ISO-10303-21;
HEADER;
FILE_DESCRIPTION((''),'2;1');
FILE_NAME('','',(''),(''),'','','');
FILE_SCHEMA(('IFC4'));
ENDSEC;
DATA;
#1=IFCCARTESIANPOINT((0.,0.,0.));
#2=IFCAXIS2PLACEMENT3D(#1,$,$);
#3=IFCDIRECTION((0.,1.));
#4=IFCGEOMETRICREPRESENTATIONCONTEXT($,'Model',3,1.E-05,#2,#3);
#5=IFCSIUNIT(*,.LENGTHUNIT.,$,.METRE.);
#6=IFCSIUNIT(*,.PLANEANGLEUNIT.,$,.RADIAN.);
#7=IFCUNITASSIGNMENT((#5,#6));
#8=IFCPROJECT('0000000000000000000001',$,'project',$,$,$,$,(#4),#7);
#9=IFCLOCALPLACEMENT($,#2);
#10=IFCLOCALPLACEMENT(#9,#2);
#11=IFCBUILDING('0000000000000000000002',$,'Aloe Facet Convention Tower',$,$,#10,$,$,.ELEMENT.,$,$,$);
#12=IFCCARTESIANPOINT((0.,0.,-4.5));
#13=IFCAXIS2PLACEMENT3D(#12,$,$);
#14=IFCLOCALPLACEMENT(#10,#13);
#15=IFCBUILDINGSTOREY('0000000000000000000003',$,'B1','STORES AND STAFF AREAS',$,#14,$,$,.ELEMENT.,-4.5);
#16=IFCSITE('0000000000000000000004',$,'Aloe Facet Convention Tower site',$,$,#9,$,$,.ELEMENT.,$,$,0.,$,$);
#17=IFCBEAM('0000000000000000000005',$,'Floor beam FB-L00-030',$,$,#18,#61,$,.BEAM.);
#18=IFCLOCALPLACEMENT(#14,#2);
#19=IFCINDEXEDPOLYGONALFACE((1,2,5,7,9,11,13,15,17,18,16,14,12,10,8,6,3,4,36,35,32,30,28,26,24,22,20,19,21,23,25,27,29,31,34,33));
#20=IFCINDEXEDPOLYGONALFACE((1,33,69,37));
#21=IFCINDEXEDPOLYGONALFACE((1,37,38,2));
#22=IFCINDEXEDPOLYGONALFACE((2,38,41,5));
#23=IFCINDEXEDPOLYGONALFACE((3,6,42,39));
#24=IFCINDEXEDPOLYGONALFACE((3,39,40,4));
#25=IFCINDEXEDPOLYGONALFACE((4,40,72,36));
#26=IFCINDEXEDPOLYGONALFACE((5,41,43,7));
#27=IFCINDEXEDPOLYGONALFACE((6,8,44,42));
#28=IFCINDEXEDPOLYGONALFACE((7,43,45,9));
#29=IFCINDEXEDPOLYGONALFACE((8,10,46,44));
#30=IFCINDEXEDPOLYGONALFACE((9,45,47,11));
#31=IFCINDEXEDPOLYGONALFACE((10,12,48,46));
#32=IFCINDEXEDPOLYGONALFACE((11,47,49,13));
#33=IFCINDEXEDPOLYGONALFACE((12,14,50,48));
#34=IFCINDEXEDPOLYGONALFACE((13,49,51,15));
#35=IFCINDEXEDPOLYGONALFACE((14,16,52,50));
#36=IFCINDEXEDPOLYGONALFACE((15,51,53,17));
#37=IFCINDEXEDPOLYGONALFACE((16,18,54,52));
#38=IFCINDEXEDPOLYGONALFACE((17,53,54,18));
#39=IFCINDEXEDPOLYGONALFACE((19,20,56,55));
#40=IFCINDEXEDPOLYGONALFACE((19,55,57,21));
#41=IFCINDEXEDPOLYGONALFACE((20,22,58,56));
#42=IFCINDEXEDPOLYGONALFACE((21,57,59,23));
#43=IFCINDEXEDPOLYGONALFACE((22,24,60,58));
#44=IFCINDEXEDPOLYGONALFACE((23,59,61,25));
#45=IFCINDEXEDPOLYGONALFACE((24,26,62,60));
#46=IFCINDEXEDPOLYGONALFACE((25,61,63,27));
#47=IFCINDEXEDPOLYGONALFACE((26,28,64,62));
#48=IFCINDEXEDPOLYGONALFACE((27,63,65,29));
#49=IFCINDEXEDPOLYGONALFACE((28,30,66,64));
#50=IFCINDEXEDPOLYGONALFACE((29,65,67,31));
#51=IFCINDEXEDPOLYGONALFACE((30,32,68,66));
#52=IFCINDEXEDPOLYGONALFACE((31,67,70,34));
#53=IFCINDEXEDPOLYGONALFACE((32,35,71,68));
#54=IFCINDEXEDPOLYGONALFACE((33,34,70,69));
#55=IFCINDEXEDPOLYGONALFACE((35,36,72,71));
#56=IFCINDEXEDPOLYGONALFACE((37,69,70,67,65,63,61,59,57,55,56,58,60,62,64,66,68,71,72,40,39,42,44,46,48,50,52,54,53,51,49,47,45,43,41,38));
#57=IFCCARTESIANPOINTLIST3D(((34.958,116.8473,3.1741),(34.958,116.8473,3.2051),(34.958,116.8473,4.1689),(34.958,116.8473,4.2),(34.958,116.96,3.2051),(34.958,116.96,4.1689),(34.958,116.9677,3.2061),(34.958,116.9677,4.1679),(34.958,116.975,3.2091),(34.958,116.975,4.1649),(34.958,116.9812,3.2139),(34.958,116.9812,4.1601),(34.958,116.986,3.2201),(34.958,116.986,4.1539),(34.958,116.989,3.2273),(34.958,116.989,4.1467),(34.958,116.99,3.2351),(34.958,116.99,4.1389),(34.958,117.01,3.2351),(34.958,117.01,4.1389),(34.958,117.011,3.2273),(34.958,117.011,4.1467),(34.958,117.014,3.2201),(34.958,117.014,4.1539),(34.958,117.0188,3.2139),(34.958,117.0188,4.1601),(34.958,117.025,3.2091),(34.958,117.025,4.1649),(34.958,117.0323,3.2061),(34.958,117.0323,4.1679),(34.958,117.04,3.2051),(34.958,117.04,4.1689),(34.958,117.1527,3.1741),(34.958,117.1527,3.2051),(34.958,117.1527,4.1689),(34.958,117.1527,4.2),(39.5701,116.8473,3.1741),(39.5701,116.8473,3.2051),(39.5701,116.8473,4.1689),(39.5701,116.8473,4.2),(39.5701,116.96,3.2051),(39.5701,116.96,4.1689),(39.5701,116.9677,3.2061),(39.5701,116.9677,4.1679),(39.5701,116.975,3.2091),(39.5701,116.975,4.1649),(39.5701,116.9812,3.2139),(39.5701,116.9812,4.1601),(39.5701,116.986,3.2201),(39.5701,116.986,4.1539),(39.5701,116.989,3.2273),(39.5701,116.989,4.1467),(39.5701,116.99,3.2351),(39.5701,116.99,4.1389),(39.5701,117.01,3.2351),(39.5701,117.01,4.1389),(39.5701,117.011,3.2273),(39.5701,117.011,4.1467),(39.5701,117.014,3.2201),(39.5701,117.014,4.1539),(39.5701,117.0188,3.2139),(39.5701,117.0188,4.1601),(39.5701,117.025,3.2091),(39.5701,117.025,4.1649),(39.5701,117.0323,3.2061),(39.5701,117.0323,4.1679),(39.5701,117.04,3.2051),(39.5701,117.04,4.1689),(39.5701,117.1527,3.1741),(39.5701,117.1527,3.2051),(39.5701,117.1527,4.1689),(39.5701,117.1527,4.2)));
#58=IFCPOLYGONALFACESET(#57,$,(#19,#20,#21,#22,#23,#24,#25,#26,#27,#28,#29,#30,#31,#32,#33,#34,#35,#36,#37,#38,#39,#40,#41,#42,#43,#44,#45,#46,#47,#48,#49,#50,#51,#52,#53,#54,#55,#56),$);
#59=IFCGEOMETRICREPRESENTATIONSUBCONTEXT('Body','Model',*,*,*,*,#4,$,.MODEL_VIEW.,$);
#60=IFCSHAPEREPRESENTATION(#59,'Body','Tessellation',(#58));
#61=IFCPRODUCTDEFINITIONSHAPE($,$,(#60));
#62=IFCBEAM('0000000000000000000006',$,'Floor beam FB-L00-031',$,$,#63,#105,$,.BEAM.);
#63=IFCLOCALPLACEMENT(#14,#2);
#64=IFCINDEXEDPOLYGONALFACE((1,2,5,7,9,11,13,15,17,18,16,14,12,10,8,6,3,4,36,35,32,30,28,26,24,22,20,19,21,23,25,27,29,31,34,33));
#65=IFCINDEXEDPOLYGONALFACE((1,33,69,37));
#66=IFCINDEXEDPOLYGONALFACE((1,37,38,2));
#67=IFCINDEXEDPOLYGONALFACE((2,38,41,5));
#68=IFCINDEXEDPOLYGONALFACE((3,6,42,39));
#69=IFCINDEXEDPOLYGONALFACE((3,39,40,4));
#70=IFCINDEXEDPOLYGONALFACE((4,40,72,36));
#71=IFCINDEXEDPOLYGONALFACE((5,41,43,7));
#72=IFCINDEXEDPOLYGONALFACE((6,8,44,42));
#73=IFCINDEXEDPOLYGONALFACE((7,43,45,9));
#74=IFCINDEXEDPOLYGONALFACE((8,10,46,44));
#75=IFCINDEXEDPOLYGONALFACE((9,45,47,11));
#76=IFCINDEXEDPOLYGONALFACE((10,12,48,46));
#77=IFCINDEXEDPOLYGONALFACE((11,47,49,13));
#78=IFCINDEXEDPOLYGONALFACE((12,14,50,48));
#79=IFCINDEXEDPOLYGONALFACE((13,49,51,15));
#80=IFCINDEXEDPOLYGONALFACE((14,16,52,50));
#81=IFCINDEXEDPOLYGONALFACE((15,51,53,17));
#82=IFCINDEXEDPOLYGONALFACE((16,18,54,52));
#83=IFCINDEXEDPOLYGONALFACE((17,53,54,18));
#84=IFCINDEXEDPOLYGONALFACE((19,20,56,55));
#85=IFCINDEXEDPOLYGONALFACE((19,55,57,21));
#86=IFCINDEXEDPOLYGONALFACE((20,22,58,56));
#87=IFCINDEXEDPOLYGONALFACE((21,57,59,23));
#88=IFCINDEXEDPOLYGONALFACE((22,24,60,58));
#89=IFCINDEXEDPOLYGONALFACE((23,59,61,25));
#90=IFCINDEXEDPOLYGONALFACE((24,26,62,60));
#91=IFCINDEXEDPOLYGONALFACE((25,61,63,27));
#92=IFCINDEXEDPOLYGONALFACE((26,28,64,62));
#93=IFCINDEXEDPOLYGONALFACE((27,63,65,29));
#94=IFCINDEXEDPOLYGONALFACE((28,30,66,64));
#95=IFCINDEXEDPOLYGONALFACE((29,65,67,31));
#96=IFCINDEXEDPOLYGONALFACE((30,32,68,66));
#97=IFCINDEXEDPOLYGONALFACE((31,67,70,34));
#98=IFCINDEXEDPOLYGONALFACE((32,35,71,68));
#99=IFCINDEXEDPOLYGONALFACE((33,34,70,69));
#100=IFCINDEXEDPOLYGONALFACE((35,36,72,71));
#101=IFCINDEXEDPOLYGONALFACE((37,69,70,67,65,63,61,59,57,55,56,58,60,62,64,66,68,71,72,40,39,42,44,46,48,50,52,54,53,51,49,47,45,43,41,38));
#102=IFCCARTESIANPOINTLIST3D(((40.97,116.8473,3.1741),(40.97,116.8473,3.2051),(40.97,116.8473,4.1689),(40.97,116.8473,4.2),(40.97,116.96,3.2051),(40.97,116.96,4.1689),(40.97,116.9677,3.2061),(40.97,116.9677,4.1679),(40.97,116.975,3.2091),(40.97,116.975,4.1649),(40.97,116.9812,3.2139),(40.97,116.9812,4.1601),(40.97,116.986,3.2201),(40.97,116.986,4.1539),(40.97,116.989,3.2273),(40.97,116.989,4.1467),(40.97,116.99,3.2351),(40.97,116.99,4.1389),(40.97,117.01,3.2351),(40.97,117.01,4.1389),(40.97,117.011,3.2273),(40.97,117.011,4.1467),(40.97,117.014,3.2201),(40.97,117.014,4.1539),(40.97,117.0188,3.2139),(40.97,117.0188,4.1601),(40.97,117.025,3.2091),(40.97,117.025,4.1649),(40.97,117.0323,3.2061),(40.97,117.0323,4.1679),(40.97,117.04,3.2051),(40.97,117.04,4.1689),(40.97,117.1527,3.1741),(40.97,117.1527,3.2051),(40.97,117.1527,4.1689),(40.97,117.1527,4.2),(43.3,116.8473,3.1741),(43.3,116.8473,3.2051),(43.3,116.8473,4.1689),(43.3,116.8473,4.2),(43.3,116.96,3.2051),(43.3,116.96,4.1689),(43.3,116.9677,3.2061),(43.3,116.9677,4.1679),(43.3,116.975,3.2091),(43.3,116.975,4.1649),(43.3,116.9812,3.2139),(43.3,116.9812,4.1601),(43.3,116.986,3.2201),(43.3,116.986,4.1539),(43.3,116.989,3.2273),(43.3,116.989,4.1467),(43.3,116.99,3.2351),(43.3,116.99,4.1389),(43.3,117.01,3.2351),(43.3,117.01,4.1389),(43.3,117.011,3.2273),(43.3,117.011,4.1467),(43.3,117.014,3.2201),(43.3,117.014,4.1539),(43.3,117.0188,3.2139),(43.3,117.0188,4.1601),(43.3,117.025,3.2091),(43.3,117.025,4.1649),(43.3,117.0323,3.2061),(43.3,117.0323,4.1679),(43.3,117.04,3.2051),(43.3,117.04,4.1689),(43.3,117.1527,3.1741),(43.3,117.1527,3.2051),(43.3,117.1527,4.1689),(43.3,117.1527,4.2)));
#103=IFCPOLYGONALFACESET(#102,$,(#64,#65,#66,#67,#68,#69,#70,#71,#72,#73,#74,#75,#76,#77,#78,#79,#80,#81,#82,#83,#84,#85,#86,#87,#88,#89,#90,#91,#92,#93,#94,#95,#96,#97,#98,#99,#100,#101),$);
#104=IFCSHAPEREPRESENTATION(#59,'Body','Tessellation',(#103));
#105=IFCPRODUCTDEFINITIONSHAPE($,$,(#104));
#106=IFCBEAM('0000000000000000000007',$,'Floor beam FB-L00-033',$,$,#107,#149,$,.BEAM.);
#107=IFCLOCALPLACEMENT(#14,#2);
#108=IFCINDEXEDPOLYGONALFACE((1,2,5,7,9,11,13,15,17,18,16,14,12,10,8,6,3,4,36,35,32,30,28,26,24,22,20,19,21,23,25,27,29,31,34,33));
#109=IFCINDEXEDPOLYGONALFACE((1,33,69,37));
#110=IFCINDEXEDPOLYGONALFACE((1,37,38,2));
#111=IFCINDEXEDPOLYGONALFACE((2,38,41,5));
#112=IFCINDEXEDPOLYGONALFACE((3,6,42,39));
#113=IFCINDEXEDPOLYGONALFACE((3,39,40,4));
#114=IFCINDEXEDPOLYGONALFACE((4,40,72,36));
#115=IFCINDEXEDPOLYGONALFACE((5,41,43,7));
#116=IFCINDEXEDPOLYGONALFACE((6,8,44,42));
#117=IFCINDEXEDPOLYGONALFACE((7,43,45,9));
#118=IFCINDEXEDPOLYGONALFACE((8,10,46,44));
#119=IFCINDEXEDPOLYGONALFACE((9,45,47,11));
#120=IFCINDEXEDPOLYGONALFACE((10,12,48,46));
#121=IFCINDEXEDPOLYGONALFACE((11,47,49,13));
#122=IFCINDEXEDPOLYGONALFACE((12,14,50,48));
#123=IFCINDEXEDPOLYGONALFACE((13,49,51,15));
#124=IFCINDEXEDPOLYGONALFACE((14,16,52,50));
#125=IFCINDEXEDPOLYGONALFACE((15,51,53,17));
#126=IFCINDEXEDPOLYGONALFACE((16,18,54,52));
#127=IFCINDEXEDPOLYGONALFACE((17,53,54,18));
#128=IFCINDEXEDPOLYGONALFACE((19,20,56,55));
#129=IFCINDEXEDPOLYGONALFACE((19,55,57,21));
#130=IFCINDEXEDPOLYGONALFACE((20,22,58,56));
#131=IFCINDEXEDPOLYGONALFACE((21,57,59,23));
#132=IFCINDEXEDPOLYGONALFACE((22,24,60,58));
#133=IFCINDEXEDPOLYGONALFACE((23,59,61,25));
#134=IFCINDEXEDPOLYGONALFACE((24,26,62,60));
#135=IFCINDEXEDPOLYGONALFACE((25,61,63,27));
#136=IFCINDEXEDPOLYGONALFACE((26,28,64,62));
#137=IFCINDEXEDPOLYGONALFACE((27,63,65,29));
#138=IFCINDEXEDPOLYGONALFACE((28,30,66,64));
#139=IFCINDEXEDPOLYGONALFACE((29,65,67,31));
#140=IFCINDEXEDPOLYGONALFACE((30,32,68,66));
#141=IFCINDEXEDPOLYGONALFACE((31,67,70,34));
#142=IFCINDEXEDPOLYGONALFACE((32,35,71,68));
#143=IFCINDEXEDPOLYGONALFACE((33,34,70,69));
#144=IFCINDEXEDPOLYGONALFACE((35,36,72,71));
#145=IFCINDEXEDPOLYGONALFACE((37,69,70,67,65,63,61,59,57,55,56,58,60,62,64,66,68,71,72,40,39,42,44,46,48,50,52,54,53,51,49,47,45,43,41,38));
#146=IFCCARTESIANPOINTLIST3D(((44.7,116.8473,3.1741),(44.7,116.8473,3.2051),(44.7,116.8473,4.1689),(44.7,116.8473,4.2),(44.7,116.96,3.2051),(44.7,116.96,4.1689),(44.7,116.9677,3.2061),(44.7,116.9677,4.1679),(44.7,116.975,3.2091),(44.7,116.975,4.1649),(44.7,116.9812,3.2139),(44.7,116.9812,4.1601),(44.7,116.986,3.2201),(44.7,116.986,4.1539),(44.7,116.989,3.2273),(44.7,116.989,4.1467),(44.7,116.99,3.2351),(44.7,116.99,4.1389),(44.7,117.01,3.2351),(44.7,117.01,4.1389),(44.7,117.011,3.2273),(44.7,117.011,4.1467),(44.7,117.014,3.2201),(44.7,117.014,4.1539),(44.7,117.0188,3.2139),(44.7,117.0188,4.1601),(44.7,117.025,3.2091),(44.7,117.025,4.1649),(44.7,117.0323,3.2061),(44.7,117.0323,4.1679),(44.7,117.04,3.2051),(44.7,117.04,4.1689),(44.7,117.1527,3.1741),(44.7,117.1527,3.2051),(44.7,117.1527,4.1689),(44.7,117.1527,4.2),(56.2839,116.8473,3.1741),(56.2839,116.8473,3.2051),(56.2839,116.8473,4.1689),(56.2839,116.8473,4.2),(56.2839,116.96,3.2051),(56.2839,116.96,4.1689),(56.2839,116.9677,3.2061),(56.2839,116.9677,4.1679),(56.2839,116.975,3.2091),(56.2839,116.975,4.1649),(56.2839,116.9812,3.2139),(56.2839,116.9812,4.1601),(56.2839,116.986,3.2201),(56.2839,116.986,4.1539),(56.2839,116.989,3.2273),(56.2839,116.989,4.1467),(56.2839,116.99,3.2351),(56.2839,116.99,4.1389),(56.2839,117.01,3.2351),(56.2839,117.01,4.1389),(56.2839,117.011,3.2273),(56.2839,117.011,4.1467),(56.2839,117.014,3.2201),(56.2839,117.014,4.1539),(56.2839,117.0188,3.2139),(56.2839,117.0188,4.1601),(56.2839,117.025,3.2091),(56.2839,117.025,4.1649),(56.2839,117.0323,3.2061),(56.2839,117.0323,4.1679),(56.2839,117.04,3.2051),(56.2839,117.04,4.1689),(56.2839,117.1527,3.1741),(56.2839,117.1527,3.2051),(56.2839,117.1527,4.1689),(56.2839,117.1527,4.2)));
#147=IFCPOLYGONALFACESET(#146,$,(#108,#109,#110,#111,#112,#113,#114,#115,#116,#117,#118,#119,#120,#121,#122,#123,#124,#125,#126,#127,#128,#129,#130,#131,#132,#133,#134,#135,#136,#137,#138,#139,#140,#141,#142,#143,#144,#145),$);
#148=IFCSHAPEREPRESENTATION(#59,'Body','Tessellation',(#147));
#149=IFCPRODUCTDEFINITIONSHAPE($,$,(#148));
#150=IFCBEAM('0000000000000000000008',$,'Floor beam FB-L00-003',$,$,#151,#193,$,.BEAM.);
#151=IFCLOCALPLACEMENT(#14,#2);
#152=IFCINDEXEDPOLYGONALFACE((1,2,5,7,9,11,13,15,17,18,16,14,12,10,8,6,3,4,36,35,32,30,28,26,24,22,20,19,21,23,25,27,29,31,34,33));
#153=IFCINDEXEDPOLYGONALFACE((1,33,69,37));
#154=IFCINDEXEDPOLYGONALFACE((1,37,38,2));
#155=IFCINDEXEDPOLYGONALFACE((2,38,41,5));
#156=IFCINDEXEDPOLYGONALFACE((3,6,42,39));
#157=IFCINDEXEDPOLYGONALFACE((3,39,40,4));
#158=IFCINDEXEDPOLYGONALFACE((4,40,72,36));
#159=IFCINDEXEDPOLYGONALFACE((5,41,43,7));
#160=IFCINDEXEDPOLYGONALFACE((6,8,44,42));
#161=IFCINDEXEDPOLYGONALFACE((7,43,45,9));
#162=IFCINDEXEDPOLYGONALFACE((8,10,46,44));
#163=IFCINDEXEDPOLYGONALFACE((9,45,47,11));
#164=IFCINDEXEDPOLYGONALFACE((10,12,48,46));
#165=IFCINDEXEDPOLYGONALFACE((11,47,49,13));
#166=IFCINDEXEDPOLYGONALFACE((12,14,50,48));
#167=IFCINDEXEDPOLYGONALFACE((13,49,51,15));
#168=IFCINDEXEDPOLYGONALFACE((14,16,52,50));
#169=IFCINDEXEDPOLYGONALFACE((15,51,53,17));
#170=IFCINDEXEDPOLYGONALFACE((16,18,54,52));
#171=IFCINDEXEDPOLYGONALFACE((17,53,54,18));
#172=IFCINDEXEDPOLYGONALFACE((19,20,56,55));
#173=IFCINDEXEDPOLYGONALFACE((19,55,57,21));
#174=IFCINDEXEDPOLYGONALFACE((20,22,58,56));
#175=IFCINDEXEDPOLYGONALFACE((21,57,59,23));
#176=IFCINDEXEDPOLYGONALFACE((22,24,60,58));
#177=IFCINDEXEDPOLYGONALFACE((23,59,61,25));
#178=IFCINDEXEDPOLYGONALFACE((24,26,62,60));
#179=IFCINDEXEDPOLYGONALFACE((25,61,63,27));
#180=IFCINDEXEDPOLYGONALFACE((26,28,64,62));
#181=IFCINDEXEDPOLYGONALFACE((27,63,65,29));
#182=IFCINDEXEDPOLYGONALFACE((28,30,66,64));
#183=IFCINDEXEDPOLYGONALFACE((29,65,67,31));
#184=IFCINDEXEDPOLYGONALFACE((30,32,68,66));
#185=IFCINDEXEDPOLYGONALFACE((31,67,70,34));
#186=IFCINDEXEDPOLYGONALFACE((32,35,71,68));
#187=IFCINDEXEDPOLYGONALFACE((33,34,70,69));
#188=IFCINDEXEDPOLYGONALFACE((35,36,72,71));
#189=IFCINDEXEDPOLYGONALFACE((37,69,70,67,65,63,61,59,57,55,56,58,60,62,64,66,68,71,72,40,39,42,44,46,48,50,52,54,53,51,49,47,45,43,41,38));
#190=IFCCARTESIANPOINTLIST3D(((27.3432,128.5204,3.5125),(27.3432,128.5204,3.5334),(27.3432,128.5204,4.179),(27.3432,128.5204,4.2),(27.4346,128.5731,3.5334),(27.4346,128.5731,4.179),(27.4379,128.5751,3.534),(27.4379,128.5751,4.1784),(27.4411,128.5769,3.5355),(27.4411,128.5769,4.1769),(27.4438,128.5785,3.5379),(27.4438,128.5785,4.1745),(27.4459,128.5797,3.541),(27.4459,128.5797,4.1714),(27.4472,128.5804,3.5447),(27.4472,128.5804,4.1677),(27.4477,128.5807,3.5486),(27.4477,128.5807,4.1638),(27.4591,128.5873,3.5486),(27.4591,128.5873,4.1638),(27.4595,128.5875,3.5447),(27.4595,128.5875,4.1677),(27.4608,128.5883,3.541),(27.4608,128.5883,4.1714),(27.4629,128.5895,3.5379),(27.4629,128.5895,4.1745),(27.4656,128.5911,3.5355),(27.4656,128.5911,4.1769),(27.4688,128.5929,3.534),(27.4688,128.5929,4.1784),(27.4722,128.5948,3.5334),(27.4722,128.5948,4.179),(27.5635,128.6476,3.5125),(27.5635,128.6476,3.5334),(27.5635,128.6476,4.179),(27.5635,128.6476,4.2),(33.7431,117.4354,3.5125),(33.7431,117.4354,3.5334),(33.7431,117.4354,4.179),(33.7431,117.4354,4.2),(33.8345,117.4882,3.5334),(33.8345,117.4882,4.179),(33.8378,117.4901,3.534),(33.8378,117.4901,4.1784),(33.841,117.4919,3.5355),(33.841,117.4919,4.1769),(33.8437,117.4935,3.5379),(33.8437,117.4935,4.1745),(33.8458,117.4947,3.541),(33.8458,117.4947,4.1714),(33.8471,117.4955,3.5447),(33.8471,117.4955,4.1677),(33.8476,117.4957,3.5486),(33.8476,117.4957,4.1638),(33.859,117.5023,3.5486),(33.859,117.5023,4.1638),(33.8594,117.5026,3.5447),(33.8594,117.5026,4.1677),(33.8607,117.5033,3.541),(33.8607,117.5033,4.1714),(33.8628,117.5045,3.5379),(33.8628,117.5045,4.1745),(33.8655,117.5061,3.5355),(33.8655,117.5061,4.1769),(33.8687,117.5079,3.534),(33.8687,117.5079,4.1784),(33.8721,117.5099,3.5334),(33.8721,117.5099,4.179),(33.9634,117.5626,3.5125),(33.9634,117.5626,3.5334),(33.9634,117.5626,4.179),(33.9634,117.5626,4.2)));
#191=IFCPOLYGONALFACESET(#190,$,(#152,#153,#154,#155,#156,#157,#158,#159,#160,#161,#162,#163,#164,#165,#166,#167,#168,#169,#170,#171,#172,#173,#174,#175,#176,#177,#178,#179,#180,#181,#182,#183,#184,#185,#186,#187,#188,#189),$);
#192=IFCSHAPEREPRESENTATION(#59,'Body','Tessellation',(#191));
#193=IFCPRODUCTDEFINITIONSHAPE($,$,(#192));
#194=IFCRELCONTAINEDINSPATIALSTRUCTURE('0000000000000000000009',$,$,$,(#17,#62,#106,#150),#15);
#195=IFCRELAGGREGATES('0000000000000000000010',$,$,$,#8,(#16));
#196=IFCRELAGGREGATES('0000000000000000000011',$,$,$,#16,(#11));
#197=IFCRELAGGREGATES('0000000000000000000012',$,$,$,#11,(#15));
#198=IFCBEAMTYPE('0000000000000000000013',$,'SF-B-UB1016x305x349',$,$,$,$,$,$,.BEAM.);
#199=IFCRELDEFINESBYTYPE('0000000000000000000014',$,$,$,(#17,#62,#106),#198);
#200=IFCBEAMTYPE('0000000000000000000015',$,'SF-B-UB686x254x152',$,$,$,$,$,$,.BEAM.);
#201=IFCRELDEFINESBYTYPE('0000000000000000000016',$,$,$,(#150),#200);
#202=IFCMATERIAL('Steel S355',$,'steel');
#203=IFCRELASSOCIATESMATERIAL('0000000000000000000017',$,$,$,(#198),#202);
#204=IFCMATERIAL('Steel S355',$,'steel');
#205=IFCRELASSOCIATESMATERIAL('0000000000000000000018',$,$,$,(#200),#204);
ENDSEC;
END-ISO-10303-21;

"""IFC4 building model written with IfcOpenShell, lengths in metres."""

from ifc_helpers import new_model, si_unit, direction, frame, origin, origin_2d, place, context, subcontext, project, spatial, i_section, extrude, material, material_profile, profile_set, type_object, element, save


model = new_model("IFC4")

# Units and contexts
model_context = context("Model", 3, precision=1e-05, world=origin(), true_north=direction((0.0, 1.0)))
body_context = subcontext(model_context, "Body", "Model", "MODEL_VIEW")
ifc_project = project(units=[si_unit("LENGTHUNIT", "METRE"), si_unit("PLANEANGLEUNIT", "RADIAN")], contexts=[model_context])

# Site, building, storey
site_placement = place(None, origin())
site = spatial("IfcSite", under=ifc_project, at=site_placement, Name="Aloe Facet Convention Tower site", CompositionType="ELEMENT", RefElevation=0.0)
building_placement = place(site_placement, origin())
building = spatial("IfcBuilding", under=site, at=building_placement, Name="Aloe Facet Convention Tower", CompositionType="ELEMENT")
storey_placement = place(building_placement, frame((0.0, 0.0, -4.5)))
storey = spatial("IfcBuildingStorey", under=building, at=storey_placement, Name="B1", Description="STORES AND STAFF AREAS", CompositionType="ELEMENT", Elevation=-4.5)

# Beams
ifc_material_1 = material(Name="Steel S355", Category="steel")
ifc_material_profile_1 = material_profile(ifc_material_1, i_section(OverallWidth=0.3054, OverallDepth=1.0259, WebThickness=0.02, FlangeThickness=0.031, FilletRadius=0.03, at=origin_2d()), Name="UB 1016x305x349")
ifc_profile_set_1 = profile_set([ifc_material_profile_1], Name="Steel S355")
beam_type_1 = type_object("IfcBeamType", Name="SF-B-UB1016x305x349", PredefinedType="BEAM", material=ifc_profile_set_1)
beam_1_placement = place(storey_placement, frame((34.958, 117.0, 3.687), z_axis=(1.0, 0.0, 0.0), x_axis=(0.0, 1.0, 0.0)))
element("IfcBeam", 1, at=beam_1_placement, inside=storey, type_object=beam_type_1, Name="Floor beam FB-L00-030", PredefinedType="BEAM", context=body_context, shape_type="SweptSolid", body=[
    extrude(i_section(OverallWidth=0.3054, OverallDepth=1.0259, WebThickness=0.02, FlangeThickness=0.031, FilletRadius=0.03, at=origin_2d()), origin(), (0.0, 0.0, 1.0), 4.6121),
])
beam_2_placement = place(storey_placement, frame((40.97, 117.0, 3.687), z_axis=(1.0, 0.0, 0.0), x_axis=(0.0, 1.0, 0.0)))
element("IfcBeam", 2, at=beam_2_placement, inside=storey, type_object=beam_type_1, Name="Floor beam FB-L00-031", PredefinedType="BEAM", context=body_context, shape_type="SweptSolid", body=[
    extrude(i_section(OverallWidth=0.3054, OverallDepth=1.0259, WebThickness=0.02, FlangeThickness=0.031, FilletRadius=0.03, at=origin_2d()), origin(), (0.0, 0.0, 1.0), 2.3301),
])
beam_3_placement = place(storey_placement, frame((44.7, 117.0, 3.687), z_axis=(1.0, 0.0, 0.0), x_axis=(0.0, 1.0, 0.0)))
element("IfcBeam", 3, at=beam_3_placement, inside=storey, type_object=beam_type_1, Name="Floor beam FB-L00-033", PredefinedType="BEAM", context=body_context, shape_type="SweptSolid", body=[
    extrude(i_section(OverallWidth=0.3054, OverallDepth=1.0259, WebThickness=0.02, FlangeThickness=0.031, FilletRadius=0.03, at=origin_2d()), origin(), (0.0, 0.0, 1.0), 11.584),
])
ifc_material_2 = material(Name="Steel S355", Category="steel")
ifc_material_profile_2 = material_profile(ifc_material_2, i_section(OverallWidth=0.2544, OverallDepth=0.6875, WebThickness=0.0132, FlangeThickness=0.021, FilletRadius=0.0151, at=origin_2d()), Name="UB 686x254x152")
ifc_profile_set_2 = profile_set([ifc_material_profile_2], Name="Steel S355")
beam_type_2 = type_object("IfcBeamType", Name="SF-B-UB686x254x152", PredefinedType="BEAM", material=ifc_profile_set_2)
beam_4_placement = place(storey_placement, frame((33.8533, 117.499, 3.8562), z_axis=(-0.5, 0.866025, 0.0), x_axis=(-0.866025, -0.5, 0.0)))
element("IfcBeam", 4, at=beam_4_placement, inside=storey, type_object=beam_type_2, Name="Floor beam FB-L00-003", PredefinedType="BEAM", context=body_context, shape_type="SweptSolid", body=[
    extrude(i_section(OverallWidth=0.2544, OverallDepth=0.6875, WebThickness=0.0132, FlangeThickness=0.021, FilletRadius=0.0151, at=origin_2d()), origin(), (0.0, 0.0, 1.0), 12.7998),
])

save(model, "model.ifc")
